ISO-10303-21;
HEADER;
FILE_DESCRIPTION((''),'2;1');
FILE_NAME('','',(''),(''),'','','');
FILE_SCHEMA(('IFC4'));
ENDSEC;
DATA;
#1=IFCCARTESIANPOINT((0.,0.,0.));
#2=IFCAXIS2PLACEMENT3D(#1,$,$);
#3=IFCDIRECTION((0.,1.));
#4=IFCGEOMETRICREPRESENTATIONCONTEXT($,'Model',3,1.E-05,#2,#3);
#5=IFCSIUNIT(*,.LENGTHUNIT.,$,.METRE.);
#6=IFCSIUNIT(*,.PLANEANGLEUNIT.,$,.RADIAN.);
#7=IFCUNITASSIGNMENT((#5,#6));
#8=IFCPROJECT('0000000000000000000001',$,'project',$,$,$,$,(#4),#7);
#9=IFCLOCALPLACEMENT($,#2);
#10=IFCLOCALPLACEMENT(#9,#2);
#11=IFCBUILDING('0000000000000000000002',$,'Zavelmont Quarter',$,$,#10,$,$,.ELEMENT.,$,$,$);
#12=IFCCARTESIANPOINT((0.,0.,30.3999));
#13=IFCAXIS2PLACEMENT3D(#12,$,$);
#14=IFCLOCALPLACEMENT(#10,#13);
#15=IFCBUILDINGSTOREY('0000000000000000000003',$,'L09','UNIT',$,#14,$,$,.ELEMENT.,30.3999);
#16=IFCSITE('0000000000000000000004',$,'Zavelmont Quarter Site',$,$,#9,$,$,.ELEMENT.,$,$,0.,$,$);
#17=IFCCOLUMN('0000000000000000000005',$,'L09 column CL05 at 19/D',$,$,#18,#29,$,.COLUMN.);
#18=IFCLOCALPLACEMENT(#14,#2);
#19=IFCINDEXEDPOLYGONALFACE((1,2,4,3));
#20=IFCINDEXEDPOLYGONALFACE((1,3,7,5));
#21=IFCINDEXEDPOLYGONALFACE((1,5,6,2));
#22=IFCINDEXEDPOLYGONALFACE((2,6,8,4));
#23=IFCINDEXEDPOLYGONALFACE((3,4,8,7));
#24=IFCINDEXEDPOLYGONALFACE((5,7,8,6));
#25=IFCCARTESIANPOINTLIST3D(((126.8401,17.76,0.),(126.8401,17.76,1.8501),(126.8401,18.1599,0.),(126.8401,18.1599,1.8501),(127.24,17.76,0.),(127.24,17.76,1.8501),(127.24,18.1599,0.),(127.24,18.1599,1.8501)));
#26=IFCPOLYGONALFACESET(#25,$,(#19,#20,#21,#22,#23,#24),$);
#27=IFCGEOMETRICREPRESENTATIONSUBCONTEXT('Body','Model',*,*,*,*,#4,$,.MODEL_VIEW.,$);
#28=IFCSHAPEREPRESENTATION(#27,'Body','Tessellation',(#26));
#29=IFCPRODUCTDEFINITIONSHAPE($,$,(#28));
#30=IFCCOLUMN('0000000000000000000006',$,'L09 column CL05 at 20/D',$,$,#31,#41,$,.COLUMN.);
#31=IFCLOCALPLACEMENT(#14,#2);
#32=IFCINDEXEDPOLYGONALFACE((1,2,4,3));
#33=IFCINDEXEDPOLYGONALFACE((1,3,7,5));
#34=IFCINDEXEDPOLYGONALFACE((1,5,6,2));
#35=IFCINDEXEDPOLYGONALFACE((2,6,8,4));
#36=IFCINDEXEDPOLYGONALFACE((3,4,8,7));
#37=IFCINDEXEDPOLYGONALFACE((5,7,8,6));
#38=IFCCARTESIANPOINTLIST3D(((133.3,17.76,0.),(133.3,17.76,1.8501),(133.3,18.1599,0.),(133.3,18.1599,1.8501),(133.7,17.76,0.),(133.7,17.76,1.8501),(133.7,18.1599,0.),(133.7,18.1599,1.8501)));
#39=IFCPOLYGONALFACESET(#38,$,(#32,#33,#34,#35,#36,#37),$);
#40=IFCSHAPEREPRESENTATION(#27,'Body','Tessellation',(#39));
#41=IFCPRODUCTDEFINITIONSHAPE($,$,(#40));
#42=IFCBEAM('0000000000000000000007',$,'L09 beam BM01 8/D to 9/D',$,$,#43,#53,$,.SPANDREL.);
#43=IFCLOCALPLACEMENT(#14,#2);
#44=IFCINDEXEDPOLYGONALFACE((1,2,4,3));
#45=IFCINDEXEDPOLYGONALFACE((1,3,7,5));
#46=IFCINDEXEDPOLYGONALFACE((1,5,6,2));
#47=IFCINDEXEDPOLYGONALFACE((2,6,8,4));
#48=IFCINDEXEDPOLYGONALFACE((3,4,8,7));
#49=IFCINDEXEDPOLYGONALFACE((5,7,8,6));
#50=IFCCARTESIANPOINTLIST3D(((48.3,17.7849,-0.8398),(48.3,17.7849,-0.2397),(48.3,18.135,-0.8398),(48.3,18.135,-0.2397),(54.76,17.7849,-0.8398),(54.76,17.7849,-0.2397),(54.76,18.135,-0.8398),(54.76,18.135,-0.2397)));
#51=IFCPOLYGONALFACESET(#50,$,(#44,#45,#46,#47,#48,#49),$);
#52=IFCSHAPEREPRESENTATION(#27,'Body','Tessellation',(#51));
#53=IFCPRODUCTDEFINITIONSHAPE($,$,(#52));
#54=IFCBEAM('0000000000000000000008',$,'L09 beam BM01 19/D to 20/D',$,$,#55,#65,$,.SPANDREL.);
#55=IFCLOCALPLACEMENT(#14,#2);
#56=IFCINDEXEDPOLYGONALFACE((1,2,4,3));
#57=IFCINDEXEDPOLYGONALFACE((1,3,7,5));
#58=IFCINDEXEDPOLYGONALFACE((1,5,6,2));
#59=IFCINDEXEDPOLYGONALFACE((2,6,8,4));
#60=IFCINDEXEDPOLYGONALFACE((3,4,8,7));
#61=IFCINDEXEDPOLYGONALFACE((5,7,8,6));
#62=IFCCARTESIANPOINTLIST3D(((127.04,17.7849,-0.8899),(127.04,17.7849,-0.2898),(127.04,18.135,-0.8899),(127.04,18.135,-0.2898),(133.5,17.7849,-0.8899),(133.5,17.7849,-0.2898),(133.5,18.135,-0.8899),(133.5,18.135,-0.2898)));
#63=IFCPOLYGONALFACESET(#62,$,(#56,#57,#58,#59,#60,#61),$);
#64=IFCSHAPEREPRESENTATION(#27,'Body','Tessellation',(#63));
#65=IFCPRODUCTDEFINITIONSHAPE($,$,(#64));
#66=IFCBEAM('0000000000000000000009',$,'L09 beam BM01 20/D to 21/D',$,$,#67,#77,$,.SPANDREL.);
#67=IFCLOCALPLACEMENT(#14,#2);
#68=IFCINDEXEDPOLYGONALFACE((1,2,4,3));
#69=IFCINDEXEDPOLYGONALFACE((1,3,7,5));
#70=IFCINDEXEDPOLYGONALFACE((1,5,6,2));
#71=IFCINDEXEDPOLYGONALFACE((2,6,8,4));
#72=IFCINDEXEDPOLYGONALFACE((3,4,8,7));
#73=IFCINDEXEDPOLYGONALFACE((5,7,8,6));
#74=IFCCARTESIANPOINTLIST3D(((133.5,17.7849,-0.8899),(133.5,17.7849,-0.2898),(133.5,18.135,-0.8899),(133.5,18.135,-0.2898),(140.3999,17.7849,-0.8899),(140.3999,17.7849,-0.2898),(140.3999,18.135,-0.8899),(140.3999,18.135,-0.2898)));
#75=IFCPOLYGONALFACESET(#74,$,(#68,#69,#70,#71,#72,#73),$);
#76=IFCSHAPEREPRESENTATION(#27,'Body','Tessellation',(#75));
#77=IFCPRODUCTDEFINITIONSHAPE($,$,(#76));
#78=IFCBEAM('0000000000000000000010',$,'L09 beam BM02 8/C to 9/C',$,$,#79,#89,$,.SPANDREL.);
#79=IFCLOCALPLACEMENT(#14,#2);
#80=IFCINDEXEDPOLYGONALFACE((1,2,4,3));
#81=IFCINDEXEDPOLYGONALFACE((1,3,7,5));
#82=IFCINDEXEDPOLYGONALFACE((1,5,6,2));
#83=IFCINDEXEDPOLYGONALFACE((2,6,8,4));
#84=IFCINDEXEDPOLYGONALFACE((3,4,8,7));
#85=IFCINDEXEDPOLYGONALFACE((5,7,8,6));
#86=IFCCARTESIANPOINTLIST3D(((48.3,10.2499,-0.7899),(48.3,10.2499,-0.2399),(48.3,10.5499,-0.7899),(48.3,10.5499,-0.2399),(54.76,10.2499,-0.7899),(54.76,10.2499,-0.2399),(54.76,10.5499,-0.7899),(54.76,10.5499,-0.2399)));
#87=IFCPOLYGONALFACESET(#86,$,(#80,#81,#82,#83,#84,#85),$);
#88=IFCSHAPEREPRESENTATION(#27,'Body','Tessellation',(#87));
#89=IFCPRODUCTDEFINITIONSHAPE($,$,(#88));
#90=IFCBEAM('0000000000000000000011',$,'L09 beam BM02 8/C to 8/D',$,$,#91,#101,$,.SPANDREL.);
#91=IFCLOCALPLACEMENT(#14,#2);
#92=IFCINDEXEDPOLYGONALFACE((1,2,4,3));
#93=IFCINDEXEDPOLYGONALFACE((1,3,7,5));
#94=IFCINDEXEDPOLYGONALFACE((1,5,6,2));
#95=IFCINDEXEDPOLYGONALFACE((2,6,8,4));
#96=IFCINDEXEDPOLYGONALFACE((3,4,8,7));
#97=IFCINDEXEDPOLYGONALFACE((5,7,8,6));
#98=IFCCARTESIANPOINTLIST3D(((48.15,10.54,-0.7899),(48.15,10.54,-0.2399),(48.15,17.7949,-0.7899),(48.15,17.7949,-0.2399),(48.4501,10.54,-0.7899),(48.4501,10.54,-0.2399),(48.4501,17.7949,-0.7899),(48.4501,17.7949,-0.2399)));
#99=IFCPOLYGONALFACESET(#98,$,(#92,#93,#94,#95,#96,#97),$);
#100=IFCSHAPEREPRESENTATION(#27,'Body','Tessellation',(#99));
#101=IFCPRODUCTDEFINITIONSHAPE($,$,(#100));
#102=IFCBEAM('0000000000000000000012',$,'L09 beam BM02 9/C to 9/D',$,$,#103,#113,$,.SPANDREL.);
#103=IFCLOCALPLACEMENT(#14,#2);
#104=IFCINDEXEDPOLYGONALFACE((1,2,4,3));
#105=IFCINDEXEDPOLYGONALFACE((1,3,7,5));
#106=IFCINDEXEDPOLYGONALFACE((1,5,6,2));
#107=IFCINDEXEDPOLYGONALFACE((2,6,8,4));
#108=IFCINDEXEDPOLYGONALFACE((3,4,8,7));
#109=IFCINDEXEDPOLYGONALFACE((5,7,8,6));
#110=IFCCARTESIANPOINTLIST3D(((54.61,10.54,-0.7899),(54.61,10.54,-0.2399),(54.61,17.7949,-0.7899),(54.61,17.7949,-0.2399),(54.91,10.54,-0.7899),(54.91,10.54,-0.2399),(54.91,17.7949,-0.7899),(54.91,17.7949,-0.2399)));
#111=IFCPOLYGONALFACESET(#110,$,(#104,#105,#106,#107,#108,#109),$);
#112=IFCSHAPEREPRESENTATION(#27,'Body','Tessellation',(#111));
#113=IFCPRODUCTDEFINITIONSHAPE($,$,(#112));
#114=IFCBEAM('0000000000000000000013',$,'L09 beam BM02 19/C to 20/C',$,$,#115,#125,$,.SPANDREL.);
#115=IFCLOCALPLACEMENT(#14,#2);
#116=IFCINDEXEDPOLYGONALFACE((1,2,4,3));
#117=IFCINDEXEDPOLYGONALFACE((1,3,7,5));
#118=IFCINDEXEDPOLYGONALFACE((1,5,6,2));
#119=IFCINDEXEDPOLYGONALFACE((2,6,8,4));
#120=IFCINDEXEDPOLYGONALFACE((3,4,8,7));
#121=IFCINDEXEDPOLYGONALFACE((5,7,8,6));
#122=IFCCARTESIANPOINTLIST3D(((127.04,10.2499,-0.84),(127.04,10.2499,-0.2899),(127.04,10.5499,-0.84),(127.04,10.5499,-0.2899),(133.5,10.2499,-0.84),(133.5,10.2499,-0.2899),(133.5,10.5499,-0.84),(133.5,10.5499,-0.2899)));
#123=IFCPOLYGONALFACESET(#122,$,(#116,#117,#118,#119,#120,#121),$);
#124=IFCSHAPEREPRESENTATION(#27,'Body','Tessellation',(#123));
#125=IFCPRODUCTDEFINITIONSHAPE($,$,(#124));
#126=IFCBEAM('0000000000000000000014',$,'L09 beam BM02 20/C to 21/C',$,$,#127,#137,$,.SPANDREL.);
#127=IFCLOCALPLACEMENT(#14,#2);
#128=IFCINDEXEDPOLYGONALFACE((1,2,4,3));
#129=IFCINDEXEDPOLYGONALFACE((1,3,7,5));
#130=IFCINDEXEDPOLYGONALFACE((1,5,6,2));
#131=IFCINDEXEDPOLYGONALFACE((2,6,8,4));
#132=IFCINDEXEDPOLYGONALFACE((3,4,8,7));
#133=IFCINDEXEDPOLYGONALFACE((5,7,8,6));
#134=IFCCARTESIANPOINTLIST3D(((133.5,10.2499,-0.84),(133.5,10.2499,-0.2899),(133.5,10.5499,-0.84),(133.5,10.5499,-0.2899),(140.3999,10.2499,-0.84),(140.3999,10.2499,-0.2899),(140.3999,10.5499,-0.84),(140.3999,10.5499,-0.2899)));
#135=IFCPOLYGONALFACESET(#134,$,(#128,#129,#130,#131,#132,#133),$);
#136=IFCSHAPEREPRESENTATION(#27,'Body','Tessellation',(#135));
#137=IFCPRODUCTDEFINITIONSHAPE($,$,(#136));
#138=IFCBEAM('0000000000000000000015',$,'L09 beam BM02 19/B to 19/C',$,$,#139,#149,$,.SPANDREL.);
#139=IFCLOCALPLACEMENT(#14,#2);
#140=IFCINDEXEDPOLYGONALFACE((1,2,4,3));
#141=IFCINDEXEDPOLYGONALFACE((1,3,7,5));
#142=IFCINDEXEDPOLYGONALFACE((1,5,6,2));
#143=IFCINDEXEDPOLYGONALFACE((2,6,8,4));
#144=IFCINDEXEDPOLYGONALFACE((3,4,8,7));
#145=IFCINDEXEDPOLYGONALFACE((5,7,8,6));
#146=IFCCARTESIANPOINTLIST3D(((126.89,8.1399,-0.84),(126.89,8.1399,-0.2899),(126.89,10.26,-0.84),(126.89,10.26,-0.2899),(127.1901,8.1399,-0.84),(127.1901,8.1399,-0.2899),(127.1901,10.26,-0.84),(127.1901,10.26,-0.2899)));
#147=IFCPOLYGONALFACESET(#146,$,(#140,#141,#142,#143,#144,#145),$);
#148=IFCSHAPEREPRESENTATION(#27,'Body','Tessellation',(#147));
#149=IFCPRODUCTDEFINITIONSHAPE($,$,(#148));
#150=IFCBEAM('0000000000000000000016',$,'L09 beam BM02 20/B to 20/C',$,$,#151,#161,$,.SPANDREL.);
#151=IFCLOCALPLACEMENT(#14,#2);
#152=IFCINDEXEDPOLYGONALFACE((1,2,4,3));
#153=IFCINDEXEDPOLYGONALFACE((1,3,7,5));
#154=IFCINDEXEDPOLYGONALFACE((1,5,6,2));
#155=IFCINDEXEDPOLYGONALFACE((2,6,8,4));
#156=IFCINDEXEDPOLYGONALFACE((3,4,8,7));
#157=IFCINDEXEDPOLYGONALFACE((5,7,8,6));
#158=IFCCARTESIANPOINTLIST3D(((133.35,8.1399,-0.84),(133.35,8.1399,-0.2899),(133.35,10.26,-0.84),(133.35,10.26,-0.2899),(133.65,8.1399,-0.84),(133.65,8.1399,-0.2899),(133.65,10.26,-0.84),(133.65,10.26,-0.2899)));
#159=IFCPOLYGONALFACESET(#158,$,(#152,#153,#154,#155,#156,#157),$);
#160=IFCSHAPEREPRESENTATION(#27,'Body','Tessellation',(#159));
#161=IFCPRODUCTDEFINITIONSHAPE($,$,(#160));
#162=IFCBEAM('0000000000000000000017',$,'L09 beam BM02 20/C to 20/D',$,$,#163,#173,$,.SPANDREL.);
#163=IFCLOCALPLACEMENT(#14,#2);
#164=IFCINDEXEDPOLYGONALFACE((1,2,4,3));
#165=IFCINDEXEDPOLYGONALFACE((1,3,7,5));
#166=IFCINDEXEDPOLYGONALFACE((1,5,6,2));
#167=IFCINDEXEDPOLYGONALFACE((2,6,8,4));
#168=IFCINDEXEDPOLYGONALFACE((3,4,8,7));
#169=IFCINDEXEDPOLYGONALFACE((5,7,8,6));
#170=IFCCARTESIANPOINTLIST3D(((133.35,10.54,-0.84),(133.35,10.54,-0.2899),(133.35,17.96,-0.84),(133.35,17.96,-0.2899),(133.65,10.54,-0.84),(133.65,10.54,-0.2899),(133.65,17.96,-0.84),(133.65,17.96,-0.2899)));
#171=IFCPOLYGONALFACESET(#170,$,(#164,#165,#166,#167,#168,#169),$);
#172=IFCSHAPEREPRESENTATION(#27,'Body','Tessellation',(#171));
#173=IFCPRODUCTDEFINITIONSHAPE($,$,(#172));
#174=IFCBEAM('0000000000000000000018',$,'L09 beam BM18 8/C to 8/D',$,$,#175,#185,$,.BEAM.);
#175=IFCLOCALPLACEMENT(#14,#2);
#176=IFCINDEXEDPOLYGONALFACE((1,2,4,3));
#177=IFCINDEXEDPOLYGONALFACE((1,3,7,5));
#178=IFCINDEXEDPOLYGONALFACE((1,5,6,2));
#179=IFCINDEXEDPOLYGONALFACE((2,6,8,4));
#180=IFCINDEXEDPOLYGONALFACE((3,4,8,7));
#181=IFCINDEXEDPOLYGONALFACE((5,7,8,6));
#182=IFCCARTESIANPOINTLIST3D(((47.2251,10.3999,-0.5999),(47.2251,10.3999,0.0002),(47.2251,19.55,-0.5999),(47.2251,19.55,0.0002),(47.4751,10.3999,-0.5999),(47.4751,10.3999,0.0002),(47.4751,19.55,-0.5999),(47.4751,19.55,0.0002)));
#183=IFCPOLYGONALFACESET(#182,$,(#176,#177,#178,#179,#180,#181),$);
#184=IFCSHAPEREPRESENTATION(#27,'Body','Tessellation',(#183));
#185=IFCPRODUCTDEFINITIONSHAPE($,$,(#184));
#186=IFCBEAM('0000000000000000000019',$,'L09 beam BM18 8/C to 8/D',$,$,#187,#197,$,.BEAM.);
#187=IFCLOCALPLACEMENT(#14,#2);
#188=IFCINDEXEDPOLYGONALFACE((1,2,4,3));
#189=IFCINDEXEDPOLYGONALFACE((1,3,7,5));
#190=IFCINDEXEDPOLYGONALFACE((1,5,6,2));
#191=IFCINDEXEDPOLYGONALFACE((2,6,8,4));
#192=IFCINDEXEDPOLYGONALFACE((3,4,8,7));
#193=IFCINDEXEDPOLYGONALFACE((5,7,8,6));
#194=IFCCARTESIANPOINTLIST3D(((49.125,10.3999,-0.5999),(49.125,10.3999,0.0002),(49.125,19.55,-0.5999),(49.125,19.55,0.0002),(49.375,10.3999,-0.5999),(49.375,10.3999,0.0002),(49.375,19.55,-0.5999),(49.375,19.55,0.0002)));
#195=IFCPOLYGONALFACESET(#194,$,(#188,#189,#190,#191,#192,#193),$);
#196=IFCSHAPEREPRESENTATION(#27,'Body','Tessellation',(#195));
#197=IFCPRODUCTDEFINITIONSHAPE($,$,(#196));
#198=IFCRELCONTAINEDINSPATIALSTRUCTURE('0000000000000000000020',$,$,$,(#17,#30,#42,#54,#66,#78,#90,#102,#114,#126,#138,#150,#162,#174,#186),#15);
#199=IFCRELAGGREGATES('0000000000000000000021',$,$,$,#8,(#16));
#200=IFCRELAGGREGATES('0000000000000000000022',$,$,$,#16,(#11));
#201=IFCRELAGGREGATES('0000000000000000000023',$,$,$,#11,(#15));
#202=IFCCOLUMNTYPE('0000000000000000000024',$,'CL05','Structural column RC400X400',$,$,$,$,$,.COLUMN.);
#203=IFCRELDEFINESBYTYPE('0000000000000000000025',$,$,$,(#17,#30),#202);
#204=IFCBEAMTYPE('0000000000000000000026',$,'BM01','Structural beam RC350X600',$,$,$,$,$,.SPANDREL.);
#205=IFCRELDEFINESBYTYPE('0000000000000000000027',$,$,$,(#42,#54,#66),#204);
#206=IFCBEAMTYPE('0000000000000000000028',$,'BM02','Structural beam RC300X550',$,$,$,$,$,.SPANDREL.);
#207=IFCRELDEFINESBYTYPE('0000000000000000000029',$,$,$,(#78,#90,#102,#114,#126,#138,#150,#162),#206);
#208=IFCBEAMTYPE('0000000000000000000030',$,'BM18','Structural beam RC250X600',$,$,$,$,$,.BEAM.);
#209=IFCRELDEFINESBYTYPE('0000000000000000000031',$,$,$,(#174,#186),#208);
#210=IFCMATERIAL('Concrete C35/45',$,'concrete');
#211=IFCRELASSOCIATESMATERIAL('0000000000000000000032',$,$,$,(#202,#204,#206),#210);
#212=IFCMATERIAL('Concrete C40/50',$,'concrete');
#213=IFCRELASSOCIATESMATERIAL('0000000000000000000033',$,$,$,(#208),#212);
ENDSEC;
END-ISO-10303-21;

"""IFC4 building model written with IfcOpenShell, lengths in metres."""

from ifc_helpers import new_model, si_unit, direction, frame, origin, origin_2d, place, context, subcontext, project, spatial, rectangle, extrude, material, material_profile, profile_set, type_object, element, save


model = new_model("IFC4")

# Units and contexts
model_context = context("Model", 3, precision=1e-05, world=origin(), true_north=direction((0.0, 1.0)))
body_context = subcontext(model_context, "Body", "Model", "MODEL_VIEW")
ifc_project = project(units=[si_unit("LENGTHUNIT", "METRE"), si_unit("PLANEANGLEUNIT", "RADIAN")], contexts=[model_context])

# Site, building, storey
site_placement = place(None, origin())
site = spatial("IfcSite", under=ifc_project, at=site_placement, Name="Zavelmont Quarter Site", CompositionType="ELEMENT", RefElevation=0.0)
building_placement = place(site_placement, origin())
building = spatial("IfcBuilding", under=site, at=building_placement, Name="Zavelmont Quarter", CompositionType="ELEMENT")
storey_placement = place(building_placement, frame((0.0, 0.0, 30.3999)))
storey = spatial("IfcBuildingStorey", under=building, at=storey_placement, Name="L09", Description="UNIT", CompositionType="ELEMENT", Elevation=30.3999)

# Columns
ifc_material_1 = material(Name="Concrete C35/45", Category="concrete")
ifc_material_profile_1 = material_profile(ifc_material_1, rectangle(XDim=0.3999, YDim=0.3999, at=origin_2d()), Name="RC400X400")
ifc_profile_set_1 = profile_set([ifc_material_profile_1], Name="Concrete C35/45")
column_type = type_object("IfcColumnType", Name="CL05", Description="Structural column RC400X400", PredefinedType="COLUMN", material=ifc_profile_set_1)
for number, where, z_axis, x_axis, name in (
    (1, (127.04, 17.96, 0.0), (0.0, 0.0, 1.0), (1.0, 0.0, 0.0), "L09 column CL05 at 19/D"),
    (2, (133.5, 17.96, 0.0), (0.0, 0.0, 1.0), (1.0, 0.0, 0.0), "L09 column CL05 at 20/D"),
):
    element("IfcColumn", number, at=place(storey_placement, frame(where, z_axis=z_axis, x_axis=x_axis)), inside=storey, type_object=column_type, Name=name, PredefinedType="COLUMN", context=body_context, shape_type="SweptSolid", body=[
        extrude(rectangle(XDim=0.3999, YDim=0.3999, at=origin_2d()), origin(), (0.0, 0.0, 1.0), 1.8501),
    ])

# Beams
ifc_material_profile_2 = material_profile(ifc_material_1, rectangle(XDim=0.3501, YDim=0.6001, at=origin_2d()), Name="RC350X600")
ifc_profile_set_2 = profile_set([ifc_material_profile_2], Name="Concrete C35/45")
beam_type_1 = type_object("IfcBeamType", Name="BM01", Description="Structural beam RC350X600", PredefinedType="SPANDREL", material=ifc_profile_set_2)
for number, where, z_axis, x_axis, name in (
    (3, (48.3, 17.96, -0.5398), (1.0, 0.0, 0.0), (0.0, 1.0, 0.0), "L09 beam BM01 8/D to 9/D"),
    (4, (127.04, 17.96, -0.5898), (1.0, 0.0, 0.0), (0.0, 1.0, 0.0), "L09 beam BM01 19/D to 20/D"),
):
    element("IfcBeam", number, at=place(storey_placement, frame(where, z_axis=z_axis, x_axis=x_axis)), inside=storey, type_object=beam_type_1, Name=name, PredefinedType="SPANDREL", context=body_context, shape_type="SweptSolid", body=[
        extrude(rectangle(XDim=0.3501, YDim=0.6001, at=origin_2d()), origin(), (0.0, 0.0, 1.0), 6.46),
    ])
beam_1_placement = place(storey_placement, frame((133.5, 17.96, -0.5898), z_axis=(1.0, 0.0, 0.0), x_axis=(0.0, 1.0, 0.0)))
element("IfcBeam", 5, at=beam_1_placement, inside=storey, type_object=beam_type_1, Name="L09 beam BM01 20/D to 21/D", PredefinedType="SPANDREL", context=body_context, shape_type="SweptSolid", body=[
    extrude(rectangle(XDim=0.3501, YDim=0.6001, at=origin_2d()), origin(), (0.0, 0.0, 1.0), 6.8999),
])
ifc_material_profile_3 = material_profile(ifc_material_1, rectangle(XDim=0.3, YDim=0.55, at=origin_2d()), Name="RC300X550")
ifc_profile_set_3 = profile_set([ifc_material_profile_3], Name="Concrete C35/45")
beam_type_2 = type_object("IfcBeamType", Name="BM02", Description="Structural beam RC300X550", PredefinedType="SPANDREL", material=ifc_profile_set_3)
beam_2_placement = place(storey_placement, frame((48.3, 10.3999, -0.5149), z_axis=(1.0, 0.0, 0.0), x_axis=(0.0, 1.0, 0.0)))
element("IfcBeam", 6, at=beam_2_placement, inside=storey, type_object=beam_type_2, Name="L09 beam BM02 8/C to 9/C", PredefinedType="SPANDREL", context=body_context, shape_type="SweptSolid", body=[
    extrude(rectangle(XDim=0.3, YDim=0.55, at=origin_2d()), origin(), (0.0, 0.0, 1.0), 6.46),
])
for number, where, z_axis, x_axis, name in (
    (7, (48.3, 10.54, -0.5149), (0.0, 1.0, 0.0), (-1.0, 0.0, 0.0), "L09 beam BM02 8/C to 8/D"),
    (8, (54.76, 10.54, -0.5149), (0.0, 1.0, 0.0), (-1.0, 0.0, 0.0), "L09 beam BM02 9/C to 9/D"),
):
    element("IfcBeam", number, at=place(storey_placement, frame(where, z_axis=z_axis, x_axis=x_axis)), inside=storey, type_object=beam_type_2, Name=name, PredefinedType="SPANDREL", context=body_context, shape_type="SweptSolid", body=[
        extrude(rectangle(XDim=0.3, YDim=0.55, at=origin_2d()), origin(), (0.0, 0.0, 1.0), 7.2549),
    ])
beam_3_placement = place(storey_placement, frame((127.04, 10.3999, -0.5649), z_axis=(1.0, 0.0, 0.0), x_axis=(0.0, 1.0, 0.0)))
element("IfcBeam", 9, at=beam_3_placement, inside=storey, type_object=beam_type_2, Name="L09 beam BM02 19/C to 20/C", PredefinedType="SPANDREL", context=body_context, shape_type="SweptSolid", body=[
    extrude(rectangle(XDim=0.3, YDim=0.55, at=origin_2d()), origin(), (0.0, 0.0, 1.0), 6.46),
])
beam_4_placement = place(storey_placement, frame((133.5, 10.3999, -0.5649), z_axis=(1.0, 0.0, 0.0), x_axis=(0.0, 1.0, 0.0)))
element("IfcBeam", 10, at=beam_4_placement, inside=storey, type_object=beam_type_2, Name="L09 beam BM02 20/C to 21/C", PredefinedType="SPANDREL", context=body_context, shape_type="SweptSolid", body=[
    extrude(rectangle(XDim=0.3, YDim=0.55, at=origin_2d()), origin(), (0.0, 0.0, 1.0), 6.8999),
])
for number, where, z_axis, x_axis, name in (
    (11, (127.04, 8.1399, -0.5649), (0.0, 1.0, 0.0), (-1.0, 0.0, 0.0), "L09 beam BM02 19/B to 19/C"),
    (12, (133.5, 8.1399, -0.5649), (0.0, 1.0, 0.0), (-1.0, 0.0, 0.0), "L09 beam BM02 20/B to 20/C"),
):
    element("IfcBeam", number, at=place(storey_placement, frame(where, z_axis=z_axis, x_axis=x_axis)), inside=storey, type_object=beam_type_2, Name=name, PredefinedType="SPANDREL", context=body_context, shape_type="SweptSolid", body=[
        extrude(rectangle(XDim=0.3, YDim=0.55, at=origin_2d()), origin(), (0.0, 0.0, 1.0), 2.1201),
    ])
beam_5_placement = place(storey_placement, frame((133.5, 10.54, -0.5649), z_axis=(0.0, 1.0, 0.0), x_axis=(-1.0, 0.0, 0.0)))
element("IfcBeam", 13, at=beam_5_placement, inside=storey, type_object=beam_type_2, Name="L09 beam BM02 20/C to 20/D", PredefinedType="SPANDREL", context=body_context, shape_type="SweptSolid", body=[
    extrude(rectangle(XDim=0.3, YDim=0.55, at=origin_2d()), origin(), (0.0, 0.0, 1.0), 7.4199),
])
ifc_material_2 = material(Name="Concrete C40/50", Category="concrete")
ifc_material_profile_4 = material_profile(ifc_material_2, rectangle(XDim=0.25, YDim=0.6001, at=origin_2d()), Name="RC250X600")
ifc_profile_set_4 = profile_set([ifc_material_profile_4], Name="Concrete C40/50")
beam_type_3 = type_object("IfcBeamType", Name="BM18", Description="Structural beam RC250X600", PredefinedType="BEAM", material=ifc_profile_set_4)
for number, where, z_axis, x_axis, name in (
    (14, (47.3501, 10.3999, -0.2998), (0.0, 1.0, 0.0), (-1.0, 0.0, 0.0), "L09 beam BM18 8/C to 8/D"),
    (15, (49.25, 10.3999, -0.2998), (0.0, 1.0, 0.0), (-1.0, 0.0, 0.0), "L09 beam BM18 8/C to 8/D"),
):
    element("IfcBeam", number, at=place(storey_placement, frame(where, z_axis=z_axis, x_axis=x_axis)), inside=storey, type_object=beam_type_3, Name=name, PredefinedType="BEAM", context=body_context, shape_type="SweptSolid", body=[
        extrude(rectangle(XDim=0.25, YDim=0.6001, at=origin_2d()), origin(), (0.0, 0.0, 1.0), 9.1501),
    ])

save(model, "model.ifc")
